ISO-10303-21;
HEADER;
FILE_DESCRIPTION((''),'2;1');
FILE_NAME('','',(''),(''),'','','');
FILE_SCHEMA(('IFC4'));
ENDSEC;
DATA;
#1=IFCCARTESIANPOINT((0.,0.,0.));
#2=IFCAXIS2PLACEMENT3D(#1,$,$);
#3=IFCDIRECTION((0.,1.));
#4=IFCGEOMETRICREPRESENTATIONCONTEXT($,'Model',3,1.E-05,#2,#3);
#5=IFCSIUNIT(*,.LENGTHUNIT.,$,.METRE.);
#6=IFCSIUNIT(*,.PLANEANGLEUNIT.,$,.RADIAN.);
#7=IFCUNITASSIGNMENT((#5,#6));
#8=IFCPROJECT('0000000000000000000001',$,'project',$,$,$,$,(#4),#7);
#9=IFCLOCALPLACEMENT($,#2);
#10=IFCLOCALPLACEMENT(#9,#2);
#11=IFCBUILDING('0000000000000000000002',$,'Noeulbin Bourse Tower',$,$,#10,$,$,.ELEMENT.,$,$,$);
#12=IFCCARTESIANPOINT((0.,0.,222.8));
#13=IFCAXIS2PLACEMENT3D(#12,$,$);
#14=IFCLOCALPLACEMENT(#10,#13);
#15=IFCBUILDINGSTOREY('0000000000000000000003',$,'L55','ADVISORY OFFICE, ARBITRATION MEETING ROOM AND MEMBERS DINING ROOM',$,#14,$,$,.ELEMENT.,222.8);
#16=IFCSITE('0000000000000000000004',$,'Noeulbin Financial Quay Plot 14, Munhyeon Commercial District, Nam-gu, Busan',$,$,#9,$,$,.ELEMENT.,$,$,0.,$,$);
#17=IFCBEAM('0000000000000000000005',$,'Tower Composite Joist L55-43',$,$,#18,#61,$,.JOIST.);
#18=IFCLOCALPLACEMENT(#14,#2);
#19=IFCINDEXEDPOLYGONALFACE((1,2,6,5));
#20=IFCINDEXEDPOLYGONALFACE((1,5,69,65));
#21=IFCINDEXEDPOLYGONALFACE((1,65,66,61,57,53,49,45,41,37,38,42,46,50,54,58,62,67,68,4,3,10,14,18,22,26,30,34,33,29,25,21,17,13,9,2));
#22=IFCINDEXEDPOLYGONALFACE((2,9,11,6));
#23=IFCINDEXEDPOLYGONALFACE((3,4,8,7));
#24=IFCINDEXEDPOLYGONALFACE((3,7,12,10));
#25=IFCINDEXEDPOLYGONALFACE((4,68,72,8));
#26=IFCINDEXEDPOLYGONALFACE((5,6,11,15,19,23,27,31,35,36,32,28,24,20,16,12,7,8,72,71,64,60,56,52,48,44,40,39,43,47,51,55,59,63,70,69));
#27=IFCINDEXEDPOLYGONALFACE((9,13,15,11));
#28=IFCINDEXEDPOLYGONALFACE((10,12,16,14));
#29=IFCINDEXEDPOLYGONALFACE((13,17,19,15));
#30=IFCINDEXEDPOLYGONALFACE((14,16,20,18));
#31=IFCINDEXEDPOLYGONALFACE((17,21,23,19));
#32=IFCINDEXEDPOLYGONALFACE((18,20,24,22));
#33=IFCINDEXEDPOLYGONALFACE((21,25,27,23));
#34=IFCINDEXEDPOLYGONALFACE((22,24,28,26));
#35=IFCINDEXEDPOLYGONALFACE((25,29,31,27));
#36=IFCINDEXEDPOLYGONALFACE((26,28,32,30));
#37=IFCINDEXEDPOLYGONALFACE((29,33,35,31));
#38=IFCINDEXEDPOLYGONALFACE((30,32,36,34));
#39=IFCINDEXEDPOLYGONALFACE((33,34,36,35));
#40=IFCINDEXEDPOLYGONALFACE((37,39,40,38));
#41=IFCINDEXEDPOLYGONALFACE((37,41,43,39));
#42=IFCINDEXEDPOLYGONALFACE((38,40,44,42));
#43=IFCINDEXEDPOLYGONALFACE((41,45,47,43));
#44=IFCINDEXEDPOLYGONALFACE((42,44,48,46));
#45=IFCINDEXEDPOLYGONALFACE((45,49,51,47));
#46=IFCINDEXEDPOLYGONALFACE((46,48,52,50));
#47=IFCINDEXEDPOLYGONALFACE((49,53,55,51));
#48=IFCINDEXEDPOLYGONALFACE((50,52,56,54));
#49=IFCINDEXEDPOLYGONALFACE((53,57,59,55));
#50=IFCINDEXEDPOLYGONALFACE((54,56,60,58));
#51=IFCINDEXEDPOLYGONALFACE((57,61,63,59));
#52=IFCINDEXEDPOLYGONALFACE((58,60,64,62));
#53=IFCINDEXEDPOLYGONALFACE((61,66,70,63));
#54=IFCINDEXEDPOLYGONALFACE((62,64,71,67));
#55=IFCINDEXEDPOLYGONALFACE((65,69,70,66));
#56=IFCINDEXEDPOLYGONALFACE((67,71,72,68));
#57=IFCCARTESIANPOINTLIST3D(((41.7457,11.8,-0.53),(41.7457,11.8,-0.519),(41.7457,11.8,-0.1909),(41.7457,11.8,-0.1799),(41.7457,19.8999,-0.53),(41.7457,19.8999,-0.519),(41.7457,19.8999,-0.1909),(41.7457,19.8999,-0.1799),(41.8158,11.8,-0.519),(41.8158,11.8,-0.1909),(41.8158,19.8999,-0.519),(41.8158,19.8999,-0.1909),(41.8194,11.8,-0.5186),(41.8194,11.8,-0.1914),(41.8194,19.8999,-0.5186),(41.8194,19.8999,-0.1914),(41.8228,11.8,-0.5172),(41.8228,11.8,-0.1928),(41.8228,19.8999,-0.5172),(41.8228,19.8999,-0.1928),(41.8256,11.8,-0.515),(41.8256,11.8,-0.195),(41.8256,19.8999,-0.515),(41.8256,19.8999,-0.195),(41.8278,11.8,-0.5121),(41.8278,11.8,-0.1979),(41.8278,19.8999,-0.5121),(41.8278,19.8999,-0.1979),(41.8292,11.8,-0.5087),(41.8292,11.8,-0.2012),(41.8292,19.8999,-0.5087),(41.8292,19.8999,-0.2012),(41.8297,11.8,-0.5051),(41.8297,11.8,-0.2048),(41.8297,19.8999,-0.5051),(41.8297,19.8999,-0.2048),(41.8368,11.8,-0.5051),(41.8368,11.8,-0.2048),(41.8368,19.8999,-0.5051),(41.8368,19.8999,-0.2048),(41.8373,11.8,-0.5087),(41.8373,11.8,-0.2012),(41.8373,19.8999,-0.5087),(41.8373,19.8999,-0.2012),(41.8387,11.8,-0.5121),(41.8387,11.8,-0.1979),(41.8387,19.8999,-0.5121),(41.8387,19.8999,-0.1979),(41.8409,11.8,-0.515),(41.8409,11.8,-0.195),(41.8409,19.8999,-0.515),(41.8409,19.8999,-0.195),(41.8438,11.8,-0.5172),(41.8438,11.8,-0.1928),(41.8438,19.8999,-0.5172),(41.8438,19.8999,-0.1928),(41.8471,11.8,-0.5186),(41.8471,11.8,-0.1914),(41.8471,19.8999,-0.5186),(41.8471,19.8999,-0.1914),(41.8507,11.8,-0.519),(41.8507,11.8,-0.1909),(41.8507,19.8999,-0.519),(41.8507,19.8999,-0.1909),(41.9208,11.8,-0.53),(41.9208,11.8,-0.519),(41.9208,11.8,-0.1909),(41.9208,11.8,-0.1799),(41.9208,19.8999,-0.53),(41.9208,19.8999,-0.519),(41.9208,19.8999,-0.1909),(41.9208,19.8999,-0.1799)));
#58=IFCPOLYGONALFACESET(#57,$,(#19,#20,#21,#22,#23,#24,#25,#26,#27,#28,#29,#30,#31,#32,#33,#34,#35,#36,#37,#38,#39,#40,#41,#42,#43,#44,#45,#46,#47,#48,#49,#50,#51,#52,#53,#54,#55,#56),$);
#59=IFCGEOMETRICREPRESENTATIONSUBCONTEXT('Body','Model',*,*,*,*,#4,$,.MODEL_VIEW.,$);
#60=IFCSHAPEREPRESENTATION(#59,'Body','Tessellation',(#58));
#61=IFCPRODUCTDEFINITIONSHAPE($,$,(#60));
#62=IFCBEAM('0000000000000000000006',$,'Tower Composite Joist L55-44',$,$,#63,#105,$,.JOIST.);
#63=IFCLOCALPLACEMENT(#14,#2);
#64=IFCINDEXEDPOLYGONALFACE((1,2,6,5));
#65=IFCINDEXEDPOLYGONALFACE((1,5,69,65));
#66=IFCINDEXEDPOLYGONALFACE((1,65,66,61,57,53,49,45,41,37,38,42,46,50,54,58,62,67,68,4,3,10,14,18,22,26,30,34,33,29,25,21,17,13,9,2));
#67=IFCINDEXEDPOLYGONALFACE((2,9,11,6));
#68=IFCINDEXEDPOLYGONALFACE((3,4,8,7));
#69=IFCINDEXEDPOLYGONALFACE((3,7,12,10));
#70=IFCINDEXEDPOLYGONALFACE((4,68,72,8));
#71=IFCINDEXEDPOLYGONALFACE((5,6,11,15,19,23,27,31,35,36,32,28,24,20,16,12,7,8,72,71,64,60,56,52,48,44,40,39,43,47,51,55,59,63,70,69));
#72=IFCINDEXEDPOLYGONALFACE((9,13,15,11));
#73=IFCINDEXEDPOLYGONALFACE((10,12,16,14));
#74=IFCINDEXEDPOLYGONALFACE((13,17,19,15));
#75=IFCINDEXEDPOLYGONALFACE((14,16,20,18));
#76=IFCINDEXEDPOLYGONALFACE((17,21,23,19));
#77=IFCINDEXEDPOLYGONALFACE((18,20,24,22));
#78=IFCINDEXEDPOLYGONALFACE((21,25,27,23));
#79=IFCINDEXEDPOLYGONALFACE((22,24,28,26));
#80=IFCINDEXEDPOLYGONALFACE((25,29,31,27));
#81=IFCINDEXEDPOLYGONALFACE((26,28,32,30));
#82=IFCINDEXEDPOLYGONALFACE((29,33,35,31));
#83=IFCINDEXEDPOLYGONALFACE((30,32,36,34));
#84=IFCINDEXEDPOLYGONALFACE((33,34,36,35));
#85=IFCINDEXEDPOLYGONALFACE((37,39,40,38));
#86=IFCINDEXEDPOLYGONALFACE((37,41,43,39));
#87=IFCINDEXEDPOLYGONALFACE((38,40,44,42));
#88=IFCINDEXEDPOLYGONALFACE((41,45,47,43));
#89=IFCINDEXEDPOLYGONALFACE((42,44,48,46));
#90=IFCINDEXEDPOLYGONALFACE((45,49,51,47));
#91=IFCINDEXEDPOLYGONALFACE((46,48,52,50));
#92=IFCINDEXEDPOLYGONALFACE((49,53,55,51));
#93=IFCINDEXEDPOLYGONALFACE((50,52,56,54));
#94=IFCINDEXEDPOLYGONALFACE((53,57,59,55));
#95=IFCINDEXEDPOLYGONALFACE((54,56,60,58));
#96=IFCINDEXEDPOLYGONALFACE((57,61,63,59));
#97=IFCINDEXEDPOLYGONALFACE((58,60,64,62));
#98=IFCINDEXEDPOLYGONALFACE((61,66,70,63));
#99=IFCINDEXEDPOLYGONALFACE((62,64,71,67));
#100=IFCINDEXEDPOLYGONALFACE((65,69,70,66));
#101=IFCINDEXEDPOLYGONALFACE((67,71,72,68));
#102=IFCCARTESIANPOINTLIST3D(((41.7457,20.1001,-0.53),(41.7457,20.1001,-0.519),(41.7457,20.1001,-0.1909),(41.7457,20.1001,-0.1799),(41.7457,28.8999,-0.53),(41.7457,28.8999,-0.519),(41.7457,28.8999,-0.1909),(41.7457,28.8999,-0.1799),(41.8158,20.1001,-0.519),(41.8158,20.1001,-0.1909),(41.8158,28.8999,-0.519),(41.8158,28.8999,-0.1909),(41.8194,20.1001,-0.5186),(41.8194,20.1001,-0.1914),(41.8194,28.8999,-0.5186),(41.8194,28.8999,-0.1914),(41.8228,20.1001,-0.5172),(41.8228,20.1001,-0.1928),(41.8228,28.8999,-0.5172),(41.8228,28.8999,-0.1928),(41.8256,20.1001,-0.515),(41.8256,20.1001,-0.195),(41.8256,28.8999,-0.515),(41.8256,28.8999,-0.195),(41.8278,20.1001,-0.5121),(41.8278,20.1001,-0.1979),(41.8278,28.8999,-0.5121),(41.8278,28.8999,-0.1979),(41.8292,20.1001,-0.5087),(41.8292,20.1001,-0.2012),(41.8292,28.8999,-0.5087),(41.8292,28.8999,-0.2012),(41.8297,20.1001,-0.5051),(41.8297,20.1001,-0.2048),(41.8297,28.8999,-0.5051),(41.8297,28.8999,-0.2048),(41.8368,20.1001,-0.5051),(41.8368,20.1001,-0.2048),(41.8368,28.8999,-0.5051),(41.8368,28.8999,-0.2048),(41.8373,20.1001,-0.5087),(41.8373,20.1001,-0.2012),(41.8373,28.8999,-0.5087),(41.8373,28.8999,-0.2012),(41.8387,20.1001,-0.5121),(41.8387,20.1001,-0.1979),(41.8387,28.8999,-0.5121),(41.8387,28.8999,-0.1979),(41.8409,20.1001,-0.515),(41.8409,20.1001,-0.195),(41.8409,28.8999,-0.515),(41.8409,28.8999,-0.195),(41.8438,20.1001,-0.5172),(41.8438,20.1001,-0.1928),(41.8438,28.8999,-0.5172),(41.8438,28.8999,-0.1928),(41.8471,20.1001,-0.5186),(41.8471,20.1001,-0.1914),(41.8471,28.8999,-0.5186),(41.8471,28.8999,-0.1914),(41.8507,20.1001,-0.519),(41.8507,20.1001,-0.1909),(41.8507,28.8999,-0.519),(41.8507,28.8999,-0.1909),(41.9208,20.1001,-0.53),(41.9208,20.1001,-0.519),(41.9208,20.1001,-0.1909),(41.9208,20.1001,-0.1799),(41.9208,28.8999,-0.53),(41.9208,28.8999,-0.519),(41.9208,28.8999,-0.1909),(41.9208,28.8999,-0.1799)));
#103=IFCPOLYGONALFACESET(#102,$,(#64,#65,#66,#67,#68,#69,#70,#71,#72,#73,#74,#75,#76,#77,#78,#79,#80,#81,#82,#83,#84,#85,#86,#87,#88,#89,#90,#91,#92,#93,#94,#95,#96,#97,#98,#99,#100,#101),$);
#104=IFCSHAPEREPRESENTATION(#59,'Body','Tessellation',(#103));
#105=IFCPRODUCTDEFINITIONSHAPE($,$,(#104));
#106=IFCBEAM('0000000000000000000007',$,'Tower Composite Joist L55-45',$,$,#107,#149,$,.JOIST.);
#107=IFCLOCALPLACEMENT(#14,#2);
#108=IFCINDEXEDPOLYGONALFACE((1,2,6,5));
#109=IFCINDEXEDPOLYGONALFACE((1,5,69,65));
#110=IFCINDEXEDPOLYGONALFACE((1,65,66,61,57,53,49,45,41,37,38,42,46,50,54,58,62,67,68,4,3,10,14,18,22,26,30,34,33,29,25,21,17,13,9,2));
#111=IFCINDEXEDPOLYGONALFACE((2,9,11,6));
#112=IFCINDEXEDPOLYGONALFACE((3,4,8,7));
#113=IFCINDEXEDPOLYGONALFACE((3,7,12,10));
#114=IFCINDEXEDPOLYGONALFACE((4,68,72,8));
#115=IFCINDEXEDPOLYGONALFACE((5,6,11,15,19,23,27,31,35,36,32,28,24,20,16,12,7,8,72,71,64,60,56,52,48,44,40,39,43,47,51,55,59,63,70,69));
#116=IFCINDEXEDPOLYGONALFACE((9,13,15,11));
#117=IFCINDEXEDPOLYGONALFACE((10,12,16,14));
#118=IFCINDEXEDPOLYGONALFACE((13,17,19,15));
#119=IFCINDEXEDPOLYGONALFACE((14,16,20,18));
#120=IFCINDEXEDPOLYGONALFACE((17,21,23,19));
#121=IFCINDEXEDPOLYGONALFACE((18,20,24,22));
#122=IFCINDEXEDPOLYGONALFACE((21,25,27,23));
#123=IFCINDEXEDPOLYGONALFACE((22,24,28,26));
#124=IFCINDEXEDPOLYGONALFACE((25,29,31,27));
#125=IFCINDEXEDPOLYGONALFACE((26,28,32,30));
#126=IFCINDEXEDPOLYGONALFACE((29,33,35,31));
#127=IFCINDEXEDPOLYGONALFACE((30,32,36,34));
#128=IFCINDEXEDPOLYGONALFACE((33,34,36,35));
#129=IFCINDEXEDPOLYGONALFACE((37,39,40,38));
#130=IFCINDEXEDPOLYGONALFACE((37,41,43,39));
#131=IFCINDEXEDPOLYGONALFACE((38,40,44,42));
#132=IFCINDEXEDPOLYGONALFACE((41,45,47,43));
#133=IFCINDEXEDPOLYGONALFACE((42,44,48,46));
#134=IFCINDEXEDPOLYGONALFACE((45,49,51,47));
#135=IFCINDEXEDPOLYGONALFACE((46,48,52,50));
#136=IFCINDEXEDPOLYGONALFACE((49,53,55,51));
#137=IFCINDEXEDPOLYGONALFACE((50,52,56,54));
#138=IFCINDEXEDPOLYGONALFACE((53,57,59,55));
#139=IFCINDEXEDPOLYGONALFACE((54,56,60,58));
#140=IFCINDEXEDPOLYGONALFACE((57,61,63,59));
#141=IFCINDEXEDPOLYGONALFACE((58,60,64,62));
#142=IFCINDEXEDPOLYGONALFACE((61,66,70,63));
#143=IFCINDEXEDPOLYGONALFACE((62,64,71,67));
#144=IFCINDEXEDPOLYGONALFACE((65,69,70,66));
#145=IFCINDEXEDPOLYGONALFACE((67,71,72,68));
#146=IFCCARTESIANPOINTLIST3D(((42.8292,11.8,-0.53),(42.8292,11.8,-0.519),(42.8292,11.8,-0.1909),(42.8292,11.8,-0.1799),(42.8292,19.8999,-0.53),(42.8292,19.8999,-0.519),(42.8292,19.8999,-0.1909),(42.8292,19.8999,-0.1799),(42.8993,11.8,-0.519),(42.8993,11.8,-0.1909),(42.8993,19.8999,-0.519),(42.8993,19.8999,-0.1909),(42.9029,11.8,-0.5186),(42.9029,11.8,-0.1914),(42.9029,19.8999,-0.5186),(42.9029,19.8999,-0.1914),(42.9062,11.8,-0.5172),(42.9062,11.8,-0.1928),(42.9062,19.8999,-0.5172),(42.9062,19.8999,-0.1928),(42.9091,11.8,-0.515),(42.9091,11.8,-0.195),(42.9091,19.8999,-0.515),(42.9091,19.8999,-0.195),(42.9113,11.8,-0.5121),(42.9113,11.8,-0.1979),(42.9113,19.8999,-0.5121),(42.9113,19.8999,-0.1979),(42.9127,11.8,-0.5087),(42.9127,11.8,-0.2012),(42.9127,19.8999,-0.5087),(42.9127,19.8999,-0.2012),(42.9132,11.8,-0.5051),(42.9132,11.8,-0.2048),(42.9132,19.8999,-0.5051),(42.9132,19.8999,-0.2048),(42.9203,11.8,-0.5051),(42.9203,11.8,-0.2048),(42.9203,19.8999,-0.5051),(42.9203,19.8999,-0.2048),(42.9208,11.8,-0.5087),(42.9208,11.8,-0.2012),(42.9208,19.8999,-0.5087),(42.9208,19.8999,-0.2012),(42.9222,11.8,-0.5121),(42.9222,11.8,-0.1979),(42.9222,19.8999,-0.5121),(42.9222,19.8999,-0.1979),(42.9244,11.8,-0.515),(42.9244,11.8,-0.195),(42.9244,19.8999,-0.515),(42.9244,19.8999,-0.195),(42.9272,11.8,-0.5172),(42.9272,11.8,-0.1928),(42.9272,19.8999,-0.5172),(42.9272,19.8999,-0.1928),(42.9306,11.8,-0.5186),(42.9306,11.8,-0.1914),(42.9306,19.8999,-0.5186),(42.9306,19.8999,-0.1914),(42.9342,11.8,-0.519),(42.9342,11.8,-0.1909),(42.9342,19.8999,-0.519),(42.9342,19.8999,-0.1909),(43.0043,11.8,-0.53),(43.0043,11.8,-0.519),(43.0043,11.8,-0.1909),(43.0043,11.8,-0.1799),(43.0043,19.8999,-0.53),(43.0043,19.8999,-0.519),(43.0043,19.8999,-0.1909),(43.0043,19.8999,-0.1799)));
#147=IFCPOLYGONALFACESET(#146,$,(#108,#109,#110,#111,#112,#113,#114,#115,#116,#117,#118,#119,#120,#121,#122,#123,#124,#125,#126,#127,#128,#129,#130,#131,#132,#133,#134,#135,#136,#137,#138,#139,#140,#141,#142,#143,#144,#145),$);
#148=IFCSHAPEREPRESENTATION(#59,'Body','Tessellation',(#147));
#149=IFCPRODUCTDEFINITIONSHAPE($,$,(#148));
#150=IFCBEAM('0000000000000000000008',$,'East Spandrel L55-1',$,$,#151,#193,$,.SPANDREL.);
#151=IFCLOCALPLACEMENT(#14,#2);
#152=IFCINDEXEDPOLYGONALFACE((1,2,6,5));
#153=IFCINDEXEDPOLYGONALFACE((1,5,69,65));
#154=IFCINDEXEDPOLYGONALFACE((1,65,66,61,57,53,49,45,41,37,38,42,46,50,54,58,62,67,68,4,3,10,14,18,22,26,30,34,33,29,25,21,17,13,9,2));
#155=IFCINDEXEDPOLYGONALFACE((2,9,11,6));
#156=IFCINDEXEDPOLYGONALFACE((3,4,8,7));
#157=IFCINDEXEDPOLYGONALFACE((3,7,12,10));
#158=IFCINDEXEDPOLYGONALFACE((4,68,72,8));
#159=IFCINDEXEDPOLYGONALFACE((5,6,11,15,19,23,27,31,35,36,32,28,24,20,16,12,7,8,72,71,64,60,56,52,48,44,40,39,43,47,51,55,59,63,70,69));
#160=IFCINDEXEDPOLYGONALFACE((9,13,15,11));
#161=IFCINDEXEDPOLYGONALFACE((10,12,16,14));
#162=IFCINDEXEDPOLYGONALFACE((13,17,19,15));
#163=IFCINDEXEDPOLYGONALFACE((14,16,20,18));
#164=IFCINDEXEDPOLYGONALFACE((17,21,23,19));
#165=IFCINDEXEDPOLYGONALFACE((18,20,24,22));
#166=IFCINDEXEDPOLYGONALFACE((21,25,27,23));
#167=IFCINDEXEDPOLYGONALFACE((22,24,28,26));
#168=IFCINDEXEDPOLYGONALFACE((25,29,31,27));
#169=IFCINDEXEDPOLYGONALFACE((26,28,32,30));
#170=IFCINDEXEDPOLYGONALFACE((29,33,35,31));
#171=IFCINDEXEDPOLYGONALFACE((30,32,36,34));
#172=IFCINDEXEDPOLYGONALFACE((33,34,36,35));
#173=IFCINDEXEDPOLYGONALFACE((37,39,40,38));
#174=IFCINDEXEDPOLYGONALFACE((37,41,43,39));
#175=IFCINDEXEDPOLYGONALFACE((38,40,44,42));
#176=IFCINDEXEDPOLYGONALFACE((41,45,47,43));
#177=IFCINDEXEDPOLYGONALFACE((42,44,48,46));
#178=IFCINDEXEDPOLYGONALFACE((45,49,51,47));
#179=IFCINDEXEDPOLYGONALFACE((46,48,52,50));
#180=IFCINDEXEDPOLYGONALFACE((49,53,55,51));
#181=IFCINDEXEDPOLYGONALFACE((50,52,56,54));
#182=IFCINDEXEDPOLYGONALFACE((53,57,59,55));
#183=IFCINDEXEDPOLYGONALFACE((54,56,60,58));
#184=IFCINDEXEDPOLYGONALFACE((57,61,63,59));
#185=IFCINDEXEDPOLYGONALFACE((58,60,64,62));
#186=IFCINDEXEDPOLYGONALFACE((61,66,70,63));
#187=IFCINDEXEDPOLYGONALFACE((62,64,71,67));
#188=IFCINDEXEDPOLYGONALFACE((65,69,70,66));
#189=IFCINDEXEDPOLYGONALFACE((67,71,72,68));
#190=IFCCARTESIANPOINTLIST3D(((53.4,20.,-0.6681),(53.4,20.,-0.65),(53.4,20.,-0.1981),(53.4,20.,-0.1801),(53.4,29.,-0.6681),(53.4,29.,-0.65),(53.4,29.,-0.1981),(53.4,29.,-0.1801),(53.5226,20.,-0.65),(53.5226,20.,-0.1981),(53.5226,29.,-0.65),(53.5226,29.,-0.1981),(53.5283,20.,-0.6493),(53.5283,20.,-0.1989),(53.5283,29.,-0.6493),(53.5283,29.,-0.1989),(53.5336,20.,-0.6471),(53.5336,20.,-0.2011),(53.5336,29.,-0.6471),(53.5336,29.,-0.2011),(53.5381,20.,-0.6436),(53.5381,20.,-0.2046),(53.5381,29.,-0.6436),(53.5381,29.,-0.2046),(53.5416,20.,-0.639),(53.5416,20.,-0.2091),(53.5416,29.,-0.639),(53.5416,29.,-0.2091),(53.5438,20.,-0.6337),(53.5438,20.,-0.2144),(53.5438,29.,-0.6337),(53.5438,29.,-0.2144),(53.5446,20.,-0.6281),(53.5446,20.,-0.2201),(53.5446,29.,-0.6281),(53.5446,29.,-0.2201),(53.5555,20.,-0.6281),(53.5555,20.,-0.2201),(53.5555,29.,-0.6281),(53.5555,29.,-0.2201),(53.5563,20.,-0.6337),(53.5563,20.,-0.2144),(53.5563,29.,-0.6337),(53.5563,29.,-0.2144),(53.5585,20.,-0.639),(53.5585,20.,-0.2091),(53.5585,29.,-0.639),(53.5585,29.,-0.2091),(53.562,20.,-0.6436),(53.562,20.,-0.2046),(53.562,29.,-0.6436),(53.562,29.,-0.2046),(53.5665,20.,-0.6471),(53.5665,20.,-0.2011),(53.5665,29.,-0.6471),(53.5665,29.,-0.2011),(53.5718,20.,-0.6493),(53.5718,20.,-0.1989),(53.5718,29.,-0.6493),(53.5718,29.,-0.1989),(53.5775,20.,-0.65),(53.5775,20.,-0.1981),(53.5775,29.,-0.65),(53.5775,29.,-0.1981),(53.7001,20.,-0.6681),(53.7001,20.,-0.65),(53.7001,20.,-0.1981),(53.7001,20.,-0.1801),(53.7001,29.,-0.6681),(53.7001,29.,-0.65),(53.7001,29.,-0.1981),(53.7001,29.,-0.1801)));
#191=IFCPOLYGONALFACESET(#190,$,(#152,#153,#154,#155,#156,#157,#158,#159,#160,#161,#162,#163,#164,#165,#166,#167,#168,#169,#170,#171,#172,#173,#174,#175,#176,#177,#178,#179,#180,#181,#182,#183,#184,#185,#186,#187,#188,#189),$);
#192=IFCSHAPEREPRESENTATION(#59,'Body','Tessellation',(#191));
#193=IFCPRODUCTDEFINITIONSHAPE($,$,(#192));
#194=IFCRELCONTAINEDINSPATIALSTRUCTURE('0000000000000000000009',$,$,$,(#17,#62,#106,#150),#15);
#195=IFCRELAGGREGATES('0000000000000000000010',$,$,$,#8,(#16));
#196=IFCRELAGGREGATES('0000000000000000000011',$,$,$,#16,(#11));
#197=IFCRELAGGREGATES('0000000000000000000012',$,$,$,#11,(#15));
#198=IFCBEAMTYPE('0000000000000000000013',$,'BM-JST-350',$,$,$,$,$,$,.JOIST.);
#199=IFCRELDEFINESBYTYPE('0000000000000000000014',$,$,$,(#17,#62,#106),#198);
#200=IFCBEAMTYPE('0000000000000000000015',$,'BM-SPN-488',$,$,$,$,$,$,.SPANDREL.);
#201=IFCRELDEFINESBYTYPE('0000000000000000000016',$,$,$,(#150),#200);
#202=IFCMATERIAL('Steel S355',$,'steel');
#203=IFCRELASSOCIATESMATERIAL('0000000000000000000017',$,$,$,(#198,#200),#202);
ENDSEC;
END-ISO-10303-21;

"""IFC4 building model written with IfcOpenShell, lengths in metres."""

from ifc_helpers import new_model, si_unit, direction, frame, origin, origin_2d, place, context, subcontext, project, spatial, i_section, extrude, material, material_profile, profile_set, type_object, element, save


model = new_model("IFC4")

# Units and contexts
model_context = context("Model", 3, precision=1e-05, world=origin(), true_north=direction((0.0, 1.0)))
body_context = subcontext(model_context, "Body", "Model", "MODEL_VIEW")
ifc_project = project(units=[si_unit("LENGTHUNIT", "METRE"), si_unit("PLANEANGLEUNIT", "RADIAN")], contexts=[model_context])

# Site, building, storey
site_placement = place(None, origin())
site = spatial("IfcSite", under=ifc_project, at=site_placement, Name="Noeulbin Financial Quay Plot 14, Munhyeon Commercial District, Nam-gu, Busan", CompositionType="ELEMENT", RefElevation=0.0)
building_placement = place(site_placement, origin())
building = spatial("IfcBuilding", under=site, at=building_placement, Name="Noeulbin Bourse Tower", CompositionType="ELEMENT")
storey_placement = place(building_placement, frame((0.0, 0.0, 222.8)))
storey = spatial("IfcBuildingStorey", under=building, at=storey_placement, Name="L55", Description="ADVISORY OFFICE, ARBITRATION MEETING ROOM AND MEMBERS DINING ROOM", CompositionType="ELEMENT", Elevation=222.8)

# Shared definitions
ifc_material_1 = material(Name="Steel S355", Category="steel")

# Beams
ifc_material_profile_1 = material_profile(ifc_material_1, i_section(OverallWidth=0.175, OverallDepth=0.3501, WebThickness=0.0071, FlangeThickness=0.011, FilletRadius=0.0139, at=origin_2d()), Name="H-350x175x7x11", Category="LoadBearing")
ifc_profile_set_1 = profile_set([ifc_material_profile_1], Name="Steel S355")
beam_type_1 = type_object("IfcBeamType", Name="BM-JST-350", PredefinedType="JOIST", material=ifc_profile_set_1)
beam_1_placement = place(storey_placement, frame((41.8333, 11.8, -0.355), z_axis=(0.0, 1.0, 0.0), x_axis=(-1.0, 0.0, 0.0)))
element("IfcBeam", 1, at=beam_1_placement, inside=storey, type_object=beam_type_1, Name="Tower Composite Joist L55-43", PredefinedType="JOIST", context=body_context, shape_type="SweptSolid", body=[
    extrude(i_section(OverallWidth=0.175, OverallDepth=0.3501, WebThickness=0.0071, FlangeThickness=0.011, FilletRadius=0.0139, at=origin_2d()), origin(), (0.0, 0.0, 1.0), 8.0999),
])
beam_2_placement = place(storey_placement, frame((41.8333, 20.1001, -0.355), z_axis=(0.0, 1.0, 0.0), x_axis=(-1.0, 0.0, 0.0)))
element("IfcBeam", 2, at=beam_2_placement, inside=storey, type_object=beam_type_1, Name="Tower Composite Joist L55-44", PredefinedType="JOIST", context=body_context, shape_type="SweptSolid", body=[
    extrude(i_section(OverallWidth=0.175, OverallDepth=0.3501, WebThickness=0.0071, FlangeThickness=0.011, FilletRadius=0.0139, at=origin_2d()), origin(), (0.0, 0.0, 1.0), 8.7998),
])
beam_3_placement = place(storey_placement, frame((42.9167, 11.8, -0.355), z_axis=(0.0, 1.0, 0.0), x_axis=(-1.0, 0.0, 0.0)))
element("IfcBeam", 3, at=beam_3_placement, inside=storey, type_object=beam_type_1, Name="Tower Composite Joist L55-45", PredefinedType="JOIST", context=body_context, shape_type="SweptSolid", body=[
    extrude(i_section(OverallWidth=0.175, OverallDepth=0.3501, WebThickness=0.0071, FlangeThickness=0.011, FilletRadius=0.0139, at=origin_2d()), origin(), (0.0, 0.0, 1.0), 8.0999),
])
ifc_material_profile_2 = material_profile(ifc_material_1, i_section(OverallWidth=0.3, OverallDepth=0.488, WebThickness=0.011, FlangeThickness=0.0181, FilletRadius=0.022, at=origin_2d()), Name="H-488x300x11x18", Category="LoadBearing")
ifc_profile_set_2 = profile_set([ifc_material_profile_2], Name="Steel S355")
beam_type_2 = type_object("IfcBeamType", Name="BM-SPN-488", PredefinedType="SPANDREL", material=ifc_profile_set_2)
beam_4_placement = place(storey_placement, frame((53.55, 20.0, -0.4241), z_axis=(0.0, 1.0, 0.0), x_axis=(-1.0, 0.0, 0.0)))
element("IfcBeam", 4, at=beam_4_placement, inside=storey, type_object=beam_type_2, Name="East Spandrel L55-1", PredefinedType="SPANDREL", context=body_context, shape_type="SweptSolid", body=[
    extrude(i_section(OverallWidth=0.3, OverallDepth=0.488, WebThickness=0.011, FlangeThickness=0.0181, FilletRadius=0.022, at=origin_2d()), origin(), (0.0, 0.0, 1.0), 9.0),
])

save(model, "model.ifc")
